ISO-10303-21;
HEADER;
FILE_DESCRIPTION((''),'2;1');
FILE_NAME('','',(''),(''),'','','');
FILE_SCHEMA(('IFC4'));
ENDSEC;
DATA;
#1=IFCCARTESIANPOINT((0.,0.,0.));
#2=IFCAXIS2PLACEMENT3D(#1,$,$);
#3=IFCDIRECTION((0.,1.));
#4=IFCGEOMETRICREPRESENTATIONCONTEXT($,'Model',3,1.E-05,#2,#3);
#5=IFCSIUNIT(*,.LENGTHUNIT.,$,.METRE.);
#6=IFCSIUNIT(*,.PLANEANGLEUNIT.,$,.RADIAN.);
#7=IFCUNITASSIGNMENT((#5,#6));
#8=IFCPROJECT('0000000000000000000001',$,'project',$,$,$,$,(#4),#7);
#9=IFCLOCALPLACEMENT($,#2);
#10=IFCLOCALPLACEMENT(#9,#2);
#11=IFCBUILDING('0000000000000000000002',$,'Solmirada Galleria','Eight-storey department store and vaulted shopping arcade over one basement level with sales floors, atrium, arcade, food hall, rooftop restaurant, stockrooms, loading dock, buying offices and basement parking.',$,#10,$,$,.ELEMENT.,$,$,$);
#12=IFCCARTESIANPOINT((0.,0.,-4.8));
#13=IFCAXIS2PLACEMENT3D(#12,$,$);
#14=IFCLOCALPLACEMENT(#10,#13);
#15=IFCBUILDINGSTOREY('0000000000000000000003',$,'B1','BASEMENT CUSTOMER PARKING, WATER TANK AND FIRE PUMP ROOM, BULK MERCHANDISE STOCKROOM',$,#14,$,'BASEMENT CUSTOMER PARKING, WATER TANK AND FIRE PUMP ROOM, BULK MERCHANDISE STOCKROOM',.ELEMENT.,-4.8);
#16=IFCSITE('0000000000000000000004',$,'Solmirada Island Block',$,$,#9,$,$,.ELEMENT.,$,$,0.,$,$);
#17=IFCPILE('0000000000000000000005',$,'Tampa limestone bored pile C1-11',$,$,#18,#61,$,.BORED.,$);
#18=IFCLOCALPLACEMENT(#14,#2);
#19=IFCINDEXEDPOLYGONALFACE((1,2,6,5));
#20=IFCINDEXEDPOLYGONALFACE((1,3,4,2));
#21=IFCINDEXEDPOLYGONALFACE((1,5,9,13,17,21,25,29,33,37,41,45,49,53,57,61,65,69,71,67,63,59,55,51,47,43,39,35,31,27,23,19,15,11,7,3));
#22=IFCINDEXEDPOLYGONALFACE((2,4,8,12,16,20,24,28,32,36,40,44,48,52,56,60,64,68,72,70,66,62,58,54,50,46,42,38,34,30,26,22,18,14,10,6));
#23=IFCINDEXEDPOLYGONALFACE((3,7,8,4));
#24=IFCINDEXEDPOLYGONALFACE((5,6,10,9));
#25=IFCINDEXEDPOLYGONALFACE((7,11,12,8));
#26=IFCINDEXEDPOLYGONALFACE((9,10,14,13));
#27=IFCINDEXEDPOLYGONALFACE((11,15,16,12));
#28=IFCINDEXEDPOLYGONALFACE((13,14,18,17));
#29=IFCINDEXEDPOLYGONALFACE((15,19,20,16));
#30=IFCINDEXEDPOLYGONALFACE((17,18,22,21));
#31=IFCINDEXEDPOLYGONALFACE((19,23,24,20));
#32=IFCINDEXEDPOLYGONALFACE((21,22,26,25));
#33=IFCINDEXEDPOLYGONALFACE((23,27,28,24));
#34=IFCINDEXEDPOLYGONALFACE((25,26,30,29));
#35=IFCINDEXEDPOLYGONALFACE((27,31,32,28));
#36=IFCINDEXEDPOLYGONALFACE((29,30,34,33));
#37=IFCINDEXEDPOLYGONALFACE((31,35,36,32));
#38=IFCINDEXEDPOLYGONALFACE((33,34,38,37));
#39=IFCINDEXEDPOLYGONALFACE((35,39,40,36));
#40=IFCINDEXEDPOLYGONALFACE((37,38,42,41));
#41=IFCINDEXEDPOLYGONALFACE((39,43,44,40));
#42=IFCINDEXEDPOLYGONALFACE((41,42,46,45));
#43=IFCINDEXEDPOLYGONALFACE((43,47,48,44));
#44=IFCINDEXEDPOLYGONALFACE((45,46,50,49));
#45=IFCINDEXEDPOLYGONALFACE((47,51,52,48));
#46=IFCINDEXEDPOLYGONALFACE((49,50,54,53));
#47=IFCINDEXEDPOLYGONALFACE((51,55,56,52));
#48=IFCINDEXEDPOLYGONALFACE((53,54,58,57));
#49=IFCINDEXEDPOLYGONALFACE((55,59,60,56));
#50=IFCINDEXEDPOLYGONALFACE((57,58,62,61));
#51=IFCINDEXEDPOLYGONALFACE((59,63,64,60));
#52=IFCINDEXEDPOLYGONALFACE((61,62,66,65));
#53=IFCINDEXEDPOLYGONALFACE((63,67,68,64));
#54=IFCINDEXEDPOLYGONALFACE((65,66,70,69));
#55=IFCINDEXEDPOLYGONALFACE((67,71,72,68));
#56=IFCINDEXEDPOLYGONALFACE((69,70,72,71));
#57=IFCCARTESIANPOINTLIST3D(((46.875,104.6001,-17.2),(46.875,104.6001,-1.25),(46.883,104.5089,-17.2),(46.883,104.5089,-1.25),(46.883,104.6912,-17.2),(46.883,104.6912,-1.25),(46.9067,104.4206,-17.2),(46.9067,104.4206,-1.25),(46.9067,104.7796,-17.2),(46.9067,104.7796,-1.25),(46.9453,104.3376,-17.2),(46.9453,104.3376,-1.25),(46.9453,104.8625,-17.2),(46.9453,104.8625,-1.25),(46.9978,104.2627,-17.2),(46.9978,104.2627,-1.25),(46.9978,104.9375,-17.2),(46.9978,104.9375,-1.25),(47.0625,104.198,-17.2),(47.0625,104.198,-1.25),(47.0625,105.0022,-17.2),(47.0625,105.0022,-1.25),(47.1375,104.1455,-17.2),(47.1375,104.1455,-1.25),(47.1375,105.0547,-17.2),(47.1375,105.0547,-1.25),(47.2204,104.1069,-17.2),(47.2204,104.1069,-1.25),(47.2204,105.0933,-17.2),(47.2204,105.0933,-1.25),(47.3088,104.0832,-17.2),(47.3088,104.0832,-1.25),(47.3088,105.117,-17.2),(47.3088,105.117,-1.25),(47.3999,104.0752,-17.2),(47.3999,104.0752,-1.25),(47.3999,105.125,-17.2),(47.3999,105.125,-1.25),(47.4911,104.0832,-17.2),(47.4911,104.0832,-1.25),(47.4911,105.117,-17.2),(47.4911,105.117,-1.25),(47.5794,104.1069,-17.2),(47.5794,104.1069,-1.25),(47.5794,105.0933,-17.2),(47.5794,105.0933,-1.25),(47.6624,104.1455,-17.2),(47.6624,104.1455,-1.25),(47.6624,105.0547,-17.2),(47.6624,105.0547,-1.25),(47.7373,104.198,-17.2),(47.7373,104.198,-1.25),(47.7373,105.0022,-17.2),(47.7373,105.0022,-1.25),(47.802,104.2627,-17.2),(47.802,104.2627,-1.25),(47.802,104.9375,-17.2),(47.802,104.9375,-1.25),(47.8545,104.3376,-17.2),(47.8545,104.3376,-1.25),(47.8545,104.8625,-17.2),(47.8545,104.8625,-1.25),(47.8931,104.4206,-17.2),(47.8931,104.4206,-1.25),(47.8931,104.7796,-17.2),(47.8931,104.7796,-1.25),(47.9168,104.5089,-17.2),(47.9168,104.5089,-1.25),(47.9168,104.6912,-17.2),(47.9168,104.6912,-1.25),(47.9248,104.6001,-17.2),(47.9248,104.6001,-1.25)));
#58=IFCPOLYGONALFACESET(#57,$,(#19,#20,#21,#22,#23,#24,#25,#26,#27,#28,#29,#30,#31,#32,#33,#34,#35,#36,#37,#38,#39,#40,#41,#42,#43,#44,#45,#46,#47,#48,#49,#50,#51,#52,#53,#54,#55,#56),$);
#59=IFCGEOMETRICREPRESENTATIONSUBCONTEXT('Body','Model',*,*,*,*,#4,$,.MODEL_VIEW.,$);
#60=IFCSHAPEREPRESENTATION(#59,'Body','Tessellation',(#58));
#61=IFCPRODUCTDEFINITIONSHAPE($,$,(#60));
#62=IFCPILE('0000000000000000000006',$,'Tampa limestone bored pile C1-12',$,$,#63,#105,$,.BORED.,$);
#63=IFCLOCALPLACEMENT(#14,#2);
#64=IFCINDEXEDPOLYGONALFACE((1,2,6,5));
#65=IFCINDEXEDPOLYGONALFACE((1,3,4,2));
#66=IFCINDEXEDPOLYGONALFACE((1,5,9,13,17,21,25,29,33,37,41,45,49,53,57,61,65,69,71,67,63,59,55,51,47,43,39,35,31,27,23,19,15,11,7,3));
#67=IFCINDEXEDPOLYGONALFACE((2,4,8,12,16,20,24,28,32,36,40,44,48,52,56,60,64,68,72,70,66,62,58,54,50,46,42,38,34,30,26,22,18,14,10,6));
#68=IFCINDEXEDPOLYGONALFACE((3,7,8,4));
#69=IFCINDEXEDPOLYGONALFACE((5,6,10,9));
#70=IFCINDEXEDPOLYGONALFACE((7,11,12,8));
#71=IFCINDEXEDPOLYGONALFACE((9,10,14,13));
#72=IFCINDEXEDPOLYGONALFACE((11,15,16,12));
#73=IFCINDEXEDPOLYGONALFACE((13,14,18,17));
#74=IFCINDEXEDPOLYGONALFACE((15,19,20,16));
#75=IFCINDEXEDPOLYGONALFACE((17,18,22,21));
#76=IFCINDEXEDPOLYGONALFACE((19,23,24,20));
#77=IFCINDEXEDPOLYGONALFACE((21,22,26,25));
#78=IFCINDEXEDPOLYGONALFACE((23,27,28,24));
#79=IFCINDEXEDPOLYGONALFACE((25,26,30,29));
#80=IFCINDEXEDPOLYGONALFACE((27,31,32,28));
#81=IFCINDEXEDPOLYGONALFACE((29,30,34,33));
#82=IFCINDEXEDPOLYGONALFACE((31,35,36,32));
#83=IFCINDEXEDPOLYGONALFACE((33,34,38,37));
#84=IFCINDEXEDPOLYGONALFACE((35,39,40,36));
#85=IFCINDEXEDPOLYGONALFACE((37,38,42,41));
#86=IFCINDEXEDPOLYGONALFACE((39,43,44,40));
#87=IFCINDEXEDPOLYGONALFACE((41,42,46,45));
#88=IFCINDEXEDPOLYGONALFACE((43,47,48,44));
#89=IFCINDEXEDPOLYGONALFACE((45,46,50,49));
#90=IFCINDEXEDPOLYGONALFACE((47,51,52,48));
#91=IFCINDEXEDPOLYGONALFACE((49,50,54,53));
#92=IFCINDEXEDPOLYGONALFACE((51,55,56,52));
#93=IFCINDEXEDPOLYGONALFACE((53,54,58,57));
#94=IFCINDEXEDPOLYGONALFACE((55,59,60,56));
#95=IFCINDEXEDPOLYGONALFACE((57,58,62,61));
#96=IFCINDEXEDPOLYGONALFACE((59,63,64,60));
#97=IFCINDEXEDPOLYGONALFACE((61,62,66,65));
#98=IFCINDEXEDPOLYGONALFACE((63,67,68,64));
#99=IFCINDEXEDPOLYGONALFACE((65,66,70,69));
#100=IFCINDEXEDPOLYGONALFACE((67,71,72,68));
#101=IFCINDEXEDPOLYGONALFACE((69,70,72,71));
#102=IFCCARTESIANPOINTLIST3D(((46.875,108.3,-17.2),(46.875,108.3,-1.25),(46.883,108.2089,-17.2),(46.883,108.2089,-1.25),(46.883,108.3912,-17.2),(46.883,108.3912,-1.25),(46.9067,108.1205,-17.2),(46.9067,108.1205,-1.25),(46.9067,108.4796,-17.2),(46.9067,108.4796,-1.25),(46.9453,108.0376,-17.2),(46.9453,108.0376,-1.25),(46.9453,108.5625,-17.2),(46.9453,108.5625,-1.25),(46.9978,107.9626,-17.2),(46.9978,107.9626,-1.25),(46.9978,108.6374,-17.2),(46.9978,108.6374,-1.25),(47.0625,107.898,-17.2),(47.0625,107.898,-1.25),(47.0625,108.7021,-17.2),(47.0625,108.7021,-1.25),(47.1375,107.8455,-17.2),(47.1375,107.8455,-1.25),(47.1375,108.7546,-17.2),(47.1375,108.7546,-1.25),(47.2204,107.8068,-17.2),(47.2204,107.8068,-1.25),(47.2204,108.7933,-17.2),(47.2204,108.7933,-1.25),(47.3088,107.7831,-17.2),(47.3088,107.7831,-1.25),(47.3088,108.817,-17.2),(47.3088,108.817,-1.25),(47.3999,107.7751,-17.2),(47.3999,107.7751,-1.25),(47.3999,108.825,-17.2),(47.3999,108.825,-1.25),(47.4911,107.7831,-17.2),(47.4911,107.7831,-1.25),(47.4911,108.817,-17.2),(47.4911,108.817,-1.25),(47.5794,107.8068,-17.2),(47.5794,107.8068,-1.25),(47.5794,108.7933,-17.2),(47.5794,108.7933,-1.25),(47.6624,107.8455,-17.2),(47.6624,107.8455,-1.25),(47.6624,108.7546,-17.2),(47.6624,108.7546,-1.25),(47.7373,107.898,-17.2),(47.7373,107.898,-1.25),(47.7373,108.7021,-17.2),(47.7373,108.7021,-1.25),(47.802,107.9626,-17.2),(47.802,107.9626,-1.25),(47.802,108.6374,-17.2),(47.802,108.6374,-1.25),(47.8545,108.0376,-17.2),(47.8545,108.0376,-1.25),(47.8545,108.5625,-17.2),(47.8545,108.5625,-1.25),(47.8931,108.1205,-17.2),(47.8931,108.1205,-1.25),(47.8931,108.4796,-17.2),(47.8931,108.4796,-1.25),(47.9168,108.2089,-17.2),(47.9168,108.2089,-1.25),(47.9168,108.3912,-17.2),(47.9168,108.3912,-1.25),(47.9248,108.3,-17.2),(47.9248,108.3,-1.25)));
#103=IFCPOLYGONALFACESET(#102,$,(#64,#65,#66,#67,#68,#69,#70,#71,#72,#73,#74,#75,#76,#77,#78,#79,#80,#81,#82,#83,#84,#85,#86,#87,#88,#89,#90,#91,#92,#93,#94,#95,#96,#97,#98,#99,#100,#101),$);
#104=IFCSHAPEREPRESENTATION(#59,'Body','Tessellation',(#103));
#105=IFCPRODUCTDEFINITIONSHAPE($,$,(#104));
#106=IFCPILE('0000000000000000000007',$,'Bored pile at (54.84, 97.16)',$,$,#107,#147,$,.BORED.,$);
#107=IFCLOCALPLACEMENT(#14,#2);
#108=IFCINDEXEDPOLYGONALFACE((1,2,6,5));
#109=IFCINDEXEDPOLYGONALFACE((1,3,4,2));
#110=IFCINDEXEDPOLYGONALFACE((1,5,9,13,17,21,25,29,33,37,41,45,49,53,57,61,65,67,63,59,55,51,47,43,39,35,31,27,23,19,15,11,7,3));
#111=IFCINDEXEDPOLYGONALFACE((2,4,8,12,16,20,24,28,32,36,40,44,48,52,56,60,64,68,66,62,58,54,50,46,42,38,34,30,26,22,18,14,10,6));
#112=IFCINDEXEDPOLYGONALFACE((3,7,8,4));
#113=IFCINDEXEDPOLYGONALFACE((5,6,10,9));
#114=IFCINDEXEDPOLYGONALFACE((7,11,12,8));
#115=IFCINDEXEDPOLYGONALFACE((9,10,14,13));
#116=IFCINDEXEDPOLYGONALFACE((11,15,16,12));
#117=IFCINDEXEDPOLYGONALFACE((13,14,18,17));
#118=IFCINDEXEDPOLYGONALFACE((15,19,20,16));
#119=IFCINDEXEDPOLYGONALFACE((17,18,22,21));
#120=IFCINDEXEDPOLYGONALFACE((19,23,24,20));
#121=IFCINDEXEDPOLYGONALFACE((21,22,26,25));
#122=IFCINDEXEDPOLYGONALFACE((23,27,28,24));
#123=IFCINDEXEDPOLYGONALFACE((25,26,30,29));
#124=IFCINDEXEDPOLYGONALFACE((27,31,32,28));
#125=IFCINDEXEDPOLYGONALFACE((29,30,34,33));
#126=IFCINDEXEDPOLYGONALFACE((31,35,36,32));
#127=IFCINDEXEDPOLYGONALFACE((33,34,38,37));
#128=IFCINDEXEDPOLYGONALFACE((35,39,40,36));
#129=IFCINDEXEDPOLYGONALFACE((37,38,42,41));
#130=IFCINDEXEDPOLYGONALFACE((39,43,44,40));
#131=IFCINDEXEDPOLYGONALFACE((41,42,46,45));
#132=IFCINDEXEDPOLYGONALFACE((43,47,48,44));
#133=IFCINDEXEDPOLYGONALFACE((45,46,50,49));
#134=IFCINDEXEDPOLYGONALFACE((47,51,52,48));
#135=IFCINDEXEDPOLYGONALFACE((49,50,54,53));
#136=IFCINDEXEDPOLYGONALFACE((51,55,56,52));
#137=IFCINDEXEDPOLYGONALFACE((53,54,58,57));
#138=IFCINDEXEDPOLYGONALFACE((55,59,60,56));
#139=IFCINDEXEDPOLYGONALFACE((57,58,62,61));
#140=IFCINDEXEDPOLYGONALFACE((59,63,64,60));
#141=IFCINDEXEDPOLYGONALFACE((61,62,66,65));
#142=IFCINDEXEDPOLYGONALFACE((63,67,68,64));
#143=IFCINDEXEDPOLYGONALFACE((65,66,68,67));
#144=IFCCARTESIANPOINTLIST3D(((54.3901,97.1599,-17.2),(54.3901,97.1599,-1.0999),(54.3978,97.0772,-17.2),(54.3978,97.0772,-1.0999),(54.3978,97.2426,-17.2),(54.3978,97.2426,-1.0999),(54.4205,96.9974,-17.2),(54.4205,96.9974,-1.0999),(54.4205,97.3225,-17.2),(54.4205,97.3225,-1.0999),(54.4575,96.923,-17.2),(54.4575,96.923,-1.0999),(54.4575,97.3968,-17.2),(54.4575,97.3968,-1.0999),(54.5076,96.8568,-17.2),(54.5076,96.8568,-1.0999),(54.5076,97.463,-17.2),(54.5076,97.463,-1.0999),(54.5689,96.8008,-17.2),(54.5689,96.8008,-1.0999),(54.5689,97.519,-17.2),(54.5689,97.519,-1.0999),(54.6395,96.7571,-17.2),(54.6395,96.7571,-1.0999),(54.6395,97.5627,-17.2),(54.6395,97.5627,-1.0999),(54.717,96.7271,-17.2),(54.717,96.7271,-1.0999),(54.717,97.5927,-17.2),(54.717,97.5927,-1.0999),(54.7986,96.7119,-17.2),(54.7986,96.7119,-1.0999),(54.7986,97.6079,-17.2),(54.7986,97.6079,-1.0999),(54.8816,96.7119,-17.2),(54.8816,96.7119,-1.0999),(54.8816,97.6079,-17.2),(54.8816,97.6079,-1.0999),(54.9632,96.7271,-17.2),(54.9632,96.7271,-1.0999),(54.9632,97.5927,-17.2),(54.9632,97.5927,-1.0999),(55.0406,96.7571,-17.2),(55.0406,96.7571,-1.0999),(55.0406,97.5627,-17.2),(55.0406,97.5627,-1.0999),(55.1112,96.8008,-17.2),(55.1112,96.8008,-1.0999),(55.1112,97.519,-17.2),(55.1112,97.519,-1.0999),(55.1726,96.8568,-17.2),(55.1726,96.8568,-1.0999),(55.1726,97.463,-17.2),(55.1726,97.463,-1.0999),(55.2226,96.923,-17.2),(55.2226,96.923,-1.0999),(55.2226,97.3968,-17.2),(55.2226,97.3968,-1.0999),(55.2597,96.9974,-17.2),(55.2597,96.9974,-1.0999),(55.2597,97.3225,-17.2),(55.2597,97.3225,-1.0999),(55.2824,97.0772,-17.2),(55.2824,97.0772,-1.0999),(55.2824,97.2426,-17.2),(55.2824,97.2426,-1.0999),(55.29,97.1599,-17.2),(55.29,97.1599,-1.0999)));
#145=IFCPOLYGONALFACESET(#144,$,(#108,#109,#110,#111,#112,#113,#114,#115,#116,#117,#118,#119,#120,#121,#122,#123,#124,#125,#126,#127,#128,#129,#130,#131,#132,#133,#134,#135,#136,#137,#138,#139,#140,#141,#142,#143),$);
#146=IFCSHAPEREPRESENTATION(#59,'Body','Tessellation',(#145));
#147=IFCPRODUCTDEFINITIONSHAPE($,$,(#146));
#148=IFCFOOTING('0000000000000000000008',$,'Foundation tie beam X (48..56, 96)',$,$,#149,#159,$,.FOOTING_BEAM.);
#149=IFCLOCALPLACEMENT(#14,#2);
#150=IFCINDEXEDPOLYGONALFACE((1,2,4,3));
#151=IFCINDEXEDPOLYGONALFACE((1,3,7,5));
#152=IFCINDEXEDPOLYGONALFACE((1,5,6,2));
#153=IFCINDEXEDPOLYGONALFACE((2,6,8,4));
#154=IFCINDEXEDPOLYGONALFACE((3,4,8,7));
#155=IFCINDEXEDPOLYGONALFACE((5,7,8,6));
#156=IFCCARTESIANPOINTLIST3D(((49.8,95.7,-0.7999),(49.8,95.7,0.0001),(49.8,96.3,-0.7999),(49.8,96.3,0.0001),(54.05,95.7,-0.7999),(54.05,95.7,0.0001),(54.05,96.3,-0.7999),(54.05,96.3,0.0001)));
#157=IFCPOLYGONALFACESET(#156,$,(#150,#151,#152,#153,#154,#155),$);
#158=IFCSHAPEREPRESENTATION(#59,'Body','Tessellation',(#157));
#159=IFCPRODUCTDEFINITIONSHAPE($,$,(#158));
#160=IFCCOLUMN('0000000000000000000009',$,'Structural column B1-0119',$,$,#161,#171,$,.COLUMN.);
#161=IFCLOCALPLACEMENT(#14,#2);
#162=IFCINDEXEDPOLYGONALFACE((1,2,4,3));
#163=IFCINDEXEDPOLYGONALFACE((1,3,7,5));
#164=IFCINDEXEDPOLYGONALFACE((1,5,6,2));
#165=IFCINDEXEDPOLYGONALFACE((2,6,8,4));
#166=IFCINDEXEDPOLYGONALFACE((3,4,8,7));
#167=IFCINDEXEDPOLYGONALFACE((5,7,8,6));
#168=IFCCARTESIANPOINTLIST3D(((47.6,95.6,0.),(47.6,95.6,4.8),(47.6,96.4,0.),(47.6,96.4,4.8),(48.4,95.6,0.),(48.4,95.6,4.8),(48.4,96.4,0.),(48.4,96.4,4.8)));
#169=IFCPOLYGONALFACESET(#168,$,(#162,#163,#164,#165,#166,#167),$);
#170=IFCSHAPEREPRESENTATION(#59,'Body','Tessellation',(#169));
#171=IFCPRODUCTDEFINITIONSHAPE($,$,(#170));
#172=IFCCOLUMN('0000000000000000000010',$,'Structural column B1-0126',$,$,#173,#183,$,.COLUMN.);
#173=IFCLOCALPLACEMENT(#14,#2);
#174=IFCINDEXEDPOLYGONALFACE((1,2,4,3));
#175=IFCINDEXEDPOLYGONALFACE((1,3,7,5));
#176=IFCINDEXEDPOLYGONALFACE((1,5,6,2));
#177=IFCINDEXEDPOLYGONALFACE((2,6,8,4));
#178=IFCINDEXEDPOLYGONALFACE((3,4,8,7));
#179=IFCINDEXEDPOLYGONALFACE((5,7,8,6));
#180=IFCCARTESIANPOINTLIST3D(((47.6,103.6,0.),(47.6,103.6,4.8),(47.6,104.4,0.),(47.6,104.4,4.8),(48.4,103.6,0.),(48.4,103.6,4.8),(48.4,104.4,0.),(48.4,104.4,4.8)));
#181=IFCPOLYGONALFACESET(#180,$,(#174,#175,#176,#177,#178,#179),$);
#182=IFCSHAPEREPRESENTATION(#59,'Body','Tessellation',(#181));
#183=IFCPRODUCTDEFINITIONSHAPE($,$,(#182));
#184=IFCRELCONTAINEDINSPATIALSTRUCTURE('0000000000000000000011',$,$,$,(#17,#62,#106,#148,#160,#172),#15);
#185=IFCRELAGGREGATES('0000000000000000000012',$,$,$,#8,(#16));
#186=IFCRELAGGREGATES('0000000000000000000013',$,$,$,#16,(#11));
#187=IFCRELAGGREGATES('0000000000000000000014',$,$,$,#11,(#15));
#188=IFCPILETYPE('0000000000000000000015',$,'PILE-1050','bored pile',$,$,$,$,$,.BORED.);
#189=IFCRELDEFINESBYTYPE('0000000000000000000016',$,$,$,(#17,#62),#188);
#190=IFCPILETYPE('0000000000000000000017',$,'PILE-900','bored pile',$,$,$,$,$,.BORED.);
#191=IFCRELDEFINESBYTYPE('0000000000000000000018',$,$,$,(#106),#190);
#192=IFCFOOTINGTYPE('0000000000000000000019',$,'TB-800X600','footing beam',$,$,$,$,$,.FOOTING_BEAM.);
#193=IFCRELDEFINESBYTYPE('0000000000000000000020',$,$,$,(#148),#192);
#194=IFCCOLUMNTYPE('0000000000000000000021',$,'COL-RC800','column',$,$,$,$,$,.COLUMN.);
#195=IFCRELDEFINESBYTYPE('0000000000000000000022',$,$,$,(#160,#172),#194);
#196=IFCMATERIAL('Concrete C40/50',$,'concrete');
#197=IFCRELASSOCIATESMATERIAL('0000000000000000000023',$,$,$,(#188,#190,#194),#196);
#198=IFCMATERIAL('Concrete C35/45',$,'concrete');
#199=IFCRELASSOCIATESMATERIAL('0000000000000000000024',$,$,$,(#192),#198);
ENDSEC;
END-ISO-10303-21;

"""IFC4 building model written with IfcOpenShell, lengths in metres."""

from ifc_helpers import new_model, si_unit, direction, frame, origin, origin_2d, place, context, subcontext, project, spatial, rectangle, circle, extrude, material, material_profile, profile_set, type_object, element, save


model = new_model("IFC4")

# Units and contexts
model_context = context("Model", 3, precision=1e-05, world=origin(), true_north=direction((0.0, 1.0)))
body_context = subcontext(model_context, "Body", "Model", "MODEL_VIEW")
ifc_project = project(units=[si_unit("LENGTHUNIT", "METRE"), si_unit("PLANEANGLEUNIT", "RADIAN")], contexts=[model_context])

# Site, building, storey
site_placement = place(None, origin())
site = spatial("IfcSite", under=ifc_project, at=site_placement, Name="Solmirada Island Block", CompositionType="ELEMENT", RefElevation=0.0)
building_placement = place(site_placement, origin())
building = spatial("IfcBuilding", under=site, at=building_placement, Name="Solmirada Galleria", Description="Eight-storey department store and vaulted shopping arcade over one basement level with sales floors, atrium, arcade, food hall, rooftop restaurant, stockrooms, loading dock, buying offices and basement parking.", CompositionType="ELEMENT")
storey_placement = place(building_placement, frame((0.0, 0.0, -4.8)))
storey = spatial("IfcBuildingStorey", under=building, at=storey_placement, Name="B1", Description="BASEMENT CUSTOMER PARKING, WATER TANK AND FIRE PUMP ROOM, BULK MERCHANDISE STOCKROOM", LongName="BASEMENT CUSTOMER PARKING, WATER TANK AND FIRE PUMP ROOM, BULK MERCHANDISE STOCKROOM", CompositionType="ELEMENT", Elevation=-4.8)

# Piles
ifc_material_1 = material(Name="Concrete C40/50", Category="concrete")
ifc_material_profile_1 = material_profile(ifc_material_1, circle(Radius=0.5249, at=origin_2d()), Name="PILE1050")
ifc_profile_set_1 = profile_set([ifc_material_profile_1], Name="Concrete C40/50")
pile_type_1 = type_object("IfcPileType", Name="PILE-1050", Description="bored pile", PredefinedType="BORED", material=ifc_profile_set_1)
for number, where, z_axis, x_axis, name in (
    (1, (47.3999, 104.6001, -1.25), (0.0, 0.0, -1.0), (1.0, 0.0, 0.0), "Tampa limestone bored pile C1-11"),
    (2, (47.3999, 108.3, -1.25), (0.0, 0.0, -1.0), (1.0, 0.0, 0.0), "Tampa limestone bored pile C1-12"),
):
    element("IfcPile", number, at=place(storey_placement, frame(where, z_axis=z_axis, x_axis=x_axis)), inside=storey, type_object=pile_type_1, Name=name, PredefinedType="BORED", context=body_context, shape_type="SweptSolid", body=[
        extrude(circle(Radius=0.5249, at=origin_2d()), origin(), (0.0, 0.0, 1.0), 15.95),
    ])
ifc_material_profile_2 = material_profile(ifc_material_1, circle(Radius=0.45, at=origin_2d()), Name="PILE900")
ifc_profile_set_2 = profile_set([ifc_material_profile_2], Name="Concrete C40/50")
pile_type_2 = type_object("IfcPileType", Name="PILE-900", Description="bored pile", PredefinedType="BORED", material=ifc_profile_set_2)
pile_placement = place(storey_placement, frame((54.8401, 97.1599, -1.0999), z_axis=(0.0, 0.0, -1.0), x_axis=(1.0, 0.0, 0.0)))
element("IfcPile", 3, at=pile_placement, inside=storey, type_object=pile_type_2, Name="Bored pile at (54.84, 97.16)", PredefinedType="BORED", context=body_context, shape_type="SweptSolid", body=[
    extrude(circle(Radius=0.45, at=origin_2d()), origin(), (0.0, 0.0, 1.0), 16.1001),
])

# Footing
ifc_material_2 = material(Name="Concrete C35/45", Category="concrete")
ifc_material_profile_3 = material_profile(ifc_material_2, rectangle(XDim=0.6001, YDim=0.8, at=origin_2d()), Name="RC800X600")
ifc_profile_set_3 = profile_set([ifc_material_profile_3], Name="Concrete C35/45")
footing_type = type_object("IfcFootingType", Name="TB-800X600", Description="footing beam", PredefinedType="FOOTING_BEAM", material=ifc_profile_set_3)
footing_placement = place(storey_placement, frame((49.8, 96.0, -0.3999), z_axis=(1.0, 0.0, 0.0), x_axis=(0.0, 1.0, 0.0)))
element("IfcFooting", 4, at=footing_placement, inside=storey, type_object=footing_type, Name="Foundation tie beam X (48..56, 96)", PredefinedType="FOOTING_BEAM", context=body_context, shape_type="SweptSolid", body=[
    extrude(rectangle(XDim=0.6001, YDim=0.8, at=origin_2d()), origin(), (0.0, 0.0, 1.0), 4.25),
])

# Columns
ifc_material_profile_4 = material_profile(ifc_material_1, rectangle(XDim=0.8, YDim=0.8, at=origin_2d()), Name="RC800X800")
ifc_profile_set_4 = profile_set([ifc_material_profile_4], Name="Concrete C40/50")
column_type = type_object("IfcColumnType", Name="COL-RC800", Description="column", PredefinedType="COLUMN", material=ifc_profile_set_4)
for number, where, z_axis, x_axis, name in (
    (5, (48.0, 96.0, 0.0), (0.0, 0.0, 1.0), (1.0, 0.0, 0.0), "Structural column B1-0119"),
    (6, (48.0, 104.0, 0.0), (0.0, 0.0, 1.0), (1.0, 0.0, 0.0), "Structural column B1-0126"),
):
    element("IfcColumn", number, at=place(storey_placement, frame(where, z_axis=z_axis, x_axis=x_axis)), inside=storey, type_object=column_type, Name=name, PredefinedType="COLUMN", context=body_context, shape_type="SweptSolid", body=[
        extrude(rectangle(XDim=0.8, YDim=0.8, at=origin_2d()), origin(), (0.0, 0.0, 1.0), 4.8),
    ])

save(model, "model.ifc")
